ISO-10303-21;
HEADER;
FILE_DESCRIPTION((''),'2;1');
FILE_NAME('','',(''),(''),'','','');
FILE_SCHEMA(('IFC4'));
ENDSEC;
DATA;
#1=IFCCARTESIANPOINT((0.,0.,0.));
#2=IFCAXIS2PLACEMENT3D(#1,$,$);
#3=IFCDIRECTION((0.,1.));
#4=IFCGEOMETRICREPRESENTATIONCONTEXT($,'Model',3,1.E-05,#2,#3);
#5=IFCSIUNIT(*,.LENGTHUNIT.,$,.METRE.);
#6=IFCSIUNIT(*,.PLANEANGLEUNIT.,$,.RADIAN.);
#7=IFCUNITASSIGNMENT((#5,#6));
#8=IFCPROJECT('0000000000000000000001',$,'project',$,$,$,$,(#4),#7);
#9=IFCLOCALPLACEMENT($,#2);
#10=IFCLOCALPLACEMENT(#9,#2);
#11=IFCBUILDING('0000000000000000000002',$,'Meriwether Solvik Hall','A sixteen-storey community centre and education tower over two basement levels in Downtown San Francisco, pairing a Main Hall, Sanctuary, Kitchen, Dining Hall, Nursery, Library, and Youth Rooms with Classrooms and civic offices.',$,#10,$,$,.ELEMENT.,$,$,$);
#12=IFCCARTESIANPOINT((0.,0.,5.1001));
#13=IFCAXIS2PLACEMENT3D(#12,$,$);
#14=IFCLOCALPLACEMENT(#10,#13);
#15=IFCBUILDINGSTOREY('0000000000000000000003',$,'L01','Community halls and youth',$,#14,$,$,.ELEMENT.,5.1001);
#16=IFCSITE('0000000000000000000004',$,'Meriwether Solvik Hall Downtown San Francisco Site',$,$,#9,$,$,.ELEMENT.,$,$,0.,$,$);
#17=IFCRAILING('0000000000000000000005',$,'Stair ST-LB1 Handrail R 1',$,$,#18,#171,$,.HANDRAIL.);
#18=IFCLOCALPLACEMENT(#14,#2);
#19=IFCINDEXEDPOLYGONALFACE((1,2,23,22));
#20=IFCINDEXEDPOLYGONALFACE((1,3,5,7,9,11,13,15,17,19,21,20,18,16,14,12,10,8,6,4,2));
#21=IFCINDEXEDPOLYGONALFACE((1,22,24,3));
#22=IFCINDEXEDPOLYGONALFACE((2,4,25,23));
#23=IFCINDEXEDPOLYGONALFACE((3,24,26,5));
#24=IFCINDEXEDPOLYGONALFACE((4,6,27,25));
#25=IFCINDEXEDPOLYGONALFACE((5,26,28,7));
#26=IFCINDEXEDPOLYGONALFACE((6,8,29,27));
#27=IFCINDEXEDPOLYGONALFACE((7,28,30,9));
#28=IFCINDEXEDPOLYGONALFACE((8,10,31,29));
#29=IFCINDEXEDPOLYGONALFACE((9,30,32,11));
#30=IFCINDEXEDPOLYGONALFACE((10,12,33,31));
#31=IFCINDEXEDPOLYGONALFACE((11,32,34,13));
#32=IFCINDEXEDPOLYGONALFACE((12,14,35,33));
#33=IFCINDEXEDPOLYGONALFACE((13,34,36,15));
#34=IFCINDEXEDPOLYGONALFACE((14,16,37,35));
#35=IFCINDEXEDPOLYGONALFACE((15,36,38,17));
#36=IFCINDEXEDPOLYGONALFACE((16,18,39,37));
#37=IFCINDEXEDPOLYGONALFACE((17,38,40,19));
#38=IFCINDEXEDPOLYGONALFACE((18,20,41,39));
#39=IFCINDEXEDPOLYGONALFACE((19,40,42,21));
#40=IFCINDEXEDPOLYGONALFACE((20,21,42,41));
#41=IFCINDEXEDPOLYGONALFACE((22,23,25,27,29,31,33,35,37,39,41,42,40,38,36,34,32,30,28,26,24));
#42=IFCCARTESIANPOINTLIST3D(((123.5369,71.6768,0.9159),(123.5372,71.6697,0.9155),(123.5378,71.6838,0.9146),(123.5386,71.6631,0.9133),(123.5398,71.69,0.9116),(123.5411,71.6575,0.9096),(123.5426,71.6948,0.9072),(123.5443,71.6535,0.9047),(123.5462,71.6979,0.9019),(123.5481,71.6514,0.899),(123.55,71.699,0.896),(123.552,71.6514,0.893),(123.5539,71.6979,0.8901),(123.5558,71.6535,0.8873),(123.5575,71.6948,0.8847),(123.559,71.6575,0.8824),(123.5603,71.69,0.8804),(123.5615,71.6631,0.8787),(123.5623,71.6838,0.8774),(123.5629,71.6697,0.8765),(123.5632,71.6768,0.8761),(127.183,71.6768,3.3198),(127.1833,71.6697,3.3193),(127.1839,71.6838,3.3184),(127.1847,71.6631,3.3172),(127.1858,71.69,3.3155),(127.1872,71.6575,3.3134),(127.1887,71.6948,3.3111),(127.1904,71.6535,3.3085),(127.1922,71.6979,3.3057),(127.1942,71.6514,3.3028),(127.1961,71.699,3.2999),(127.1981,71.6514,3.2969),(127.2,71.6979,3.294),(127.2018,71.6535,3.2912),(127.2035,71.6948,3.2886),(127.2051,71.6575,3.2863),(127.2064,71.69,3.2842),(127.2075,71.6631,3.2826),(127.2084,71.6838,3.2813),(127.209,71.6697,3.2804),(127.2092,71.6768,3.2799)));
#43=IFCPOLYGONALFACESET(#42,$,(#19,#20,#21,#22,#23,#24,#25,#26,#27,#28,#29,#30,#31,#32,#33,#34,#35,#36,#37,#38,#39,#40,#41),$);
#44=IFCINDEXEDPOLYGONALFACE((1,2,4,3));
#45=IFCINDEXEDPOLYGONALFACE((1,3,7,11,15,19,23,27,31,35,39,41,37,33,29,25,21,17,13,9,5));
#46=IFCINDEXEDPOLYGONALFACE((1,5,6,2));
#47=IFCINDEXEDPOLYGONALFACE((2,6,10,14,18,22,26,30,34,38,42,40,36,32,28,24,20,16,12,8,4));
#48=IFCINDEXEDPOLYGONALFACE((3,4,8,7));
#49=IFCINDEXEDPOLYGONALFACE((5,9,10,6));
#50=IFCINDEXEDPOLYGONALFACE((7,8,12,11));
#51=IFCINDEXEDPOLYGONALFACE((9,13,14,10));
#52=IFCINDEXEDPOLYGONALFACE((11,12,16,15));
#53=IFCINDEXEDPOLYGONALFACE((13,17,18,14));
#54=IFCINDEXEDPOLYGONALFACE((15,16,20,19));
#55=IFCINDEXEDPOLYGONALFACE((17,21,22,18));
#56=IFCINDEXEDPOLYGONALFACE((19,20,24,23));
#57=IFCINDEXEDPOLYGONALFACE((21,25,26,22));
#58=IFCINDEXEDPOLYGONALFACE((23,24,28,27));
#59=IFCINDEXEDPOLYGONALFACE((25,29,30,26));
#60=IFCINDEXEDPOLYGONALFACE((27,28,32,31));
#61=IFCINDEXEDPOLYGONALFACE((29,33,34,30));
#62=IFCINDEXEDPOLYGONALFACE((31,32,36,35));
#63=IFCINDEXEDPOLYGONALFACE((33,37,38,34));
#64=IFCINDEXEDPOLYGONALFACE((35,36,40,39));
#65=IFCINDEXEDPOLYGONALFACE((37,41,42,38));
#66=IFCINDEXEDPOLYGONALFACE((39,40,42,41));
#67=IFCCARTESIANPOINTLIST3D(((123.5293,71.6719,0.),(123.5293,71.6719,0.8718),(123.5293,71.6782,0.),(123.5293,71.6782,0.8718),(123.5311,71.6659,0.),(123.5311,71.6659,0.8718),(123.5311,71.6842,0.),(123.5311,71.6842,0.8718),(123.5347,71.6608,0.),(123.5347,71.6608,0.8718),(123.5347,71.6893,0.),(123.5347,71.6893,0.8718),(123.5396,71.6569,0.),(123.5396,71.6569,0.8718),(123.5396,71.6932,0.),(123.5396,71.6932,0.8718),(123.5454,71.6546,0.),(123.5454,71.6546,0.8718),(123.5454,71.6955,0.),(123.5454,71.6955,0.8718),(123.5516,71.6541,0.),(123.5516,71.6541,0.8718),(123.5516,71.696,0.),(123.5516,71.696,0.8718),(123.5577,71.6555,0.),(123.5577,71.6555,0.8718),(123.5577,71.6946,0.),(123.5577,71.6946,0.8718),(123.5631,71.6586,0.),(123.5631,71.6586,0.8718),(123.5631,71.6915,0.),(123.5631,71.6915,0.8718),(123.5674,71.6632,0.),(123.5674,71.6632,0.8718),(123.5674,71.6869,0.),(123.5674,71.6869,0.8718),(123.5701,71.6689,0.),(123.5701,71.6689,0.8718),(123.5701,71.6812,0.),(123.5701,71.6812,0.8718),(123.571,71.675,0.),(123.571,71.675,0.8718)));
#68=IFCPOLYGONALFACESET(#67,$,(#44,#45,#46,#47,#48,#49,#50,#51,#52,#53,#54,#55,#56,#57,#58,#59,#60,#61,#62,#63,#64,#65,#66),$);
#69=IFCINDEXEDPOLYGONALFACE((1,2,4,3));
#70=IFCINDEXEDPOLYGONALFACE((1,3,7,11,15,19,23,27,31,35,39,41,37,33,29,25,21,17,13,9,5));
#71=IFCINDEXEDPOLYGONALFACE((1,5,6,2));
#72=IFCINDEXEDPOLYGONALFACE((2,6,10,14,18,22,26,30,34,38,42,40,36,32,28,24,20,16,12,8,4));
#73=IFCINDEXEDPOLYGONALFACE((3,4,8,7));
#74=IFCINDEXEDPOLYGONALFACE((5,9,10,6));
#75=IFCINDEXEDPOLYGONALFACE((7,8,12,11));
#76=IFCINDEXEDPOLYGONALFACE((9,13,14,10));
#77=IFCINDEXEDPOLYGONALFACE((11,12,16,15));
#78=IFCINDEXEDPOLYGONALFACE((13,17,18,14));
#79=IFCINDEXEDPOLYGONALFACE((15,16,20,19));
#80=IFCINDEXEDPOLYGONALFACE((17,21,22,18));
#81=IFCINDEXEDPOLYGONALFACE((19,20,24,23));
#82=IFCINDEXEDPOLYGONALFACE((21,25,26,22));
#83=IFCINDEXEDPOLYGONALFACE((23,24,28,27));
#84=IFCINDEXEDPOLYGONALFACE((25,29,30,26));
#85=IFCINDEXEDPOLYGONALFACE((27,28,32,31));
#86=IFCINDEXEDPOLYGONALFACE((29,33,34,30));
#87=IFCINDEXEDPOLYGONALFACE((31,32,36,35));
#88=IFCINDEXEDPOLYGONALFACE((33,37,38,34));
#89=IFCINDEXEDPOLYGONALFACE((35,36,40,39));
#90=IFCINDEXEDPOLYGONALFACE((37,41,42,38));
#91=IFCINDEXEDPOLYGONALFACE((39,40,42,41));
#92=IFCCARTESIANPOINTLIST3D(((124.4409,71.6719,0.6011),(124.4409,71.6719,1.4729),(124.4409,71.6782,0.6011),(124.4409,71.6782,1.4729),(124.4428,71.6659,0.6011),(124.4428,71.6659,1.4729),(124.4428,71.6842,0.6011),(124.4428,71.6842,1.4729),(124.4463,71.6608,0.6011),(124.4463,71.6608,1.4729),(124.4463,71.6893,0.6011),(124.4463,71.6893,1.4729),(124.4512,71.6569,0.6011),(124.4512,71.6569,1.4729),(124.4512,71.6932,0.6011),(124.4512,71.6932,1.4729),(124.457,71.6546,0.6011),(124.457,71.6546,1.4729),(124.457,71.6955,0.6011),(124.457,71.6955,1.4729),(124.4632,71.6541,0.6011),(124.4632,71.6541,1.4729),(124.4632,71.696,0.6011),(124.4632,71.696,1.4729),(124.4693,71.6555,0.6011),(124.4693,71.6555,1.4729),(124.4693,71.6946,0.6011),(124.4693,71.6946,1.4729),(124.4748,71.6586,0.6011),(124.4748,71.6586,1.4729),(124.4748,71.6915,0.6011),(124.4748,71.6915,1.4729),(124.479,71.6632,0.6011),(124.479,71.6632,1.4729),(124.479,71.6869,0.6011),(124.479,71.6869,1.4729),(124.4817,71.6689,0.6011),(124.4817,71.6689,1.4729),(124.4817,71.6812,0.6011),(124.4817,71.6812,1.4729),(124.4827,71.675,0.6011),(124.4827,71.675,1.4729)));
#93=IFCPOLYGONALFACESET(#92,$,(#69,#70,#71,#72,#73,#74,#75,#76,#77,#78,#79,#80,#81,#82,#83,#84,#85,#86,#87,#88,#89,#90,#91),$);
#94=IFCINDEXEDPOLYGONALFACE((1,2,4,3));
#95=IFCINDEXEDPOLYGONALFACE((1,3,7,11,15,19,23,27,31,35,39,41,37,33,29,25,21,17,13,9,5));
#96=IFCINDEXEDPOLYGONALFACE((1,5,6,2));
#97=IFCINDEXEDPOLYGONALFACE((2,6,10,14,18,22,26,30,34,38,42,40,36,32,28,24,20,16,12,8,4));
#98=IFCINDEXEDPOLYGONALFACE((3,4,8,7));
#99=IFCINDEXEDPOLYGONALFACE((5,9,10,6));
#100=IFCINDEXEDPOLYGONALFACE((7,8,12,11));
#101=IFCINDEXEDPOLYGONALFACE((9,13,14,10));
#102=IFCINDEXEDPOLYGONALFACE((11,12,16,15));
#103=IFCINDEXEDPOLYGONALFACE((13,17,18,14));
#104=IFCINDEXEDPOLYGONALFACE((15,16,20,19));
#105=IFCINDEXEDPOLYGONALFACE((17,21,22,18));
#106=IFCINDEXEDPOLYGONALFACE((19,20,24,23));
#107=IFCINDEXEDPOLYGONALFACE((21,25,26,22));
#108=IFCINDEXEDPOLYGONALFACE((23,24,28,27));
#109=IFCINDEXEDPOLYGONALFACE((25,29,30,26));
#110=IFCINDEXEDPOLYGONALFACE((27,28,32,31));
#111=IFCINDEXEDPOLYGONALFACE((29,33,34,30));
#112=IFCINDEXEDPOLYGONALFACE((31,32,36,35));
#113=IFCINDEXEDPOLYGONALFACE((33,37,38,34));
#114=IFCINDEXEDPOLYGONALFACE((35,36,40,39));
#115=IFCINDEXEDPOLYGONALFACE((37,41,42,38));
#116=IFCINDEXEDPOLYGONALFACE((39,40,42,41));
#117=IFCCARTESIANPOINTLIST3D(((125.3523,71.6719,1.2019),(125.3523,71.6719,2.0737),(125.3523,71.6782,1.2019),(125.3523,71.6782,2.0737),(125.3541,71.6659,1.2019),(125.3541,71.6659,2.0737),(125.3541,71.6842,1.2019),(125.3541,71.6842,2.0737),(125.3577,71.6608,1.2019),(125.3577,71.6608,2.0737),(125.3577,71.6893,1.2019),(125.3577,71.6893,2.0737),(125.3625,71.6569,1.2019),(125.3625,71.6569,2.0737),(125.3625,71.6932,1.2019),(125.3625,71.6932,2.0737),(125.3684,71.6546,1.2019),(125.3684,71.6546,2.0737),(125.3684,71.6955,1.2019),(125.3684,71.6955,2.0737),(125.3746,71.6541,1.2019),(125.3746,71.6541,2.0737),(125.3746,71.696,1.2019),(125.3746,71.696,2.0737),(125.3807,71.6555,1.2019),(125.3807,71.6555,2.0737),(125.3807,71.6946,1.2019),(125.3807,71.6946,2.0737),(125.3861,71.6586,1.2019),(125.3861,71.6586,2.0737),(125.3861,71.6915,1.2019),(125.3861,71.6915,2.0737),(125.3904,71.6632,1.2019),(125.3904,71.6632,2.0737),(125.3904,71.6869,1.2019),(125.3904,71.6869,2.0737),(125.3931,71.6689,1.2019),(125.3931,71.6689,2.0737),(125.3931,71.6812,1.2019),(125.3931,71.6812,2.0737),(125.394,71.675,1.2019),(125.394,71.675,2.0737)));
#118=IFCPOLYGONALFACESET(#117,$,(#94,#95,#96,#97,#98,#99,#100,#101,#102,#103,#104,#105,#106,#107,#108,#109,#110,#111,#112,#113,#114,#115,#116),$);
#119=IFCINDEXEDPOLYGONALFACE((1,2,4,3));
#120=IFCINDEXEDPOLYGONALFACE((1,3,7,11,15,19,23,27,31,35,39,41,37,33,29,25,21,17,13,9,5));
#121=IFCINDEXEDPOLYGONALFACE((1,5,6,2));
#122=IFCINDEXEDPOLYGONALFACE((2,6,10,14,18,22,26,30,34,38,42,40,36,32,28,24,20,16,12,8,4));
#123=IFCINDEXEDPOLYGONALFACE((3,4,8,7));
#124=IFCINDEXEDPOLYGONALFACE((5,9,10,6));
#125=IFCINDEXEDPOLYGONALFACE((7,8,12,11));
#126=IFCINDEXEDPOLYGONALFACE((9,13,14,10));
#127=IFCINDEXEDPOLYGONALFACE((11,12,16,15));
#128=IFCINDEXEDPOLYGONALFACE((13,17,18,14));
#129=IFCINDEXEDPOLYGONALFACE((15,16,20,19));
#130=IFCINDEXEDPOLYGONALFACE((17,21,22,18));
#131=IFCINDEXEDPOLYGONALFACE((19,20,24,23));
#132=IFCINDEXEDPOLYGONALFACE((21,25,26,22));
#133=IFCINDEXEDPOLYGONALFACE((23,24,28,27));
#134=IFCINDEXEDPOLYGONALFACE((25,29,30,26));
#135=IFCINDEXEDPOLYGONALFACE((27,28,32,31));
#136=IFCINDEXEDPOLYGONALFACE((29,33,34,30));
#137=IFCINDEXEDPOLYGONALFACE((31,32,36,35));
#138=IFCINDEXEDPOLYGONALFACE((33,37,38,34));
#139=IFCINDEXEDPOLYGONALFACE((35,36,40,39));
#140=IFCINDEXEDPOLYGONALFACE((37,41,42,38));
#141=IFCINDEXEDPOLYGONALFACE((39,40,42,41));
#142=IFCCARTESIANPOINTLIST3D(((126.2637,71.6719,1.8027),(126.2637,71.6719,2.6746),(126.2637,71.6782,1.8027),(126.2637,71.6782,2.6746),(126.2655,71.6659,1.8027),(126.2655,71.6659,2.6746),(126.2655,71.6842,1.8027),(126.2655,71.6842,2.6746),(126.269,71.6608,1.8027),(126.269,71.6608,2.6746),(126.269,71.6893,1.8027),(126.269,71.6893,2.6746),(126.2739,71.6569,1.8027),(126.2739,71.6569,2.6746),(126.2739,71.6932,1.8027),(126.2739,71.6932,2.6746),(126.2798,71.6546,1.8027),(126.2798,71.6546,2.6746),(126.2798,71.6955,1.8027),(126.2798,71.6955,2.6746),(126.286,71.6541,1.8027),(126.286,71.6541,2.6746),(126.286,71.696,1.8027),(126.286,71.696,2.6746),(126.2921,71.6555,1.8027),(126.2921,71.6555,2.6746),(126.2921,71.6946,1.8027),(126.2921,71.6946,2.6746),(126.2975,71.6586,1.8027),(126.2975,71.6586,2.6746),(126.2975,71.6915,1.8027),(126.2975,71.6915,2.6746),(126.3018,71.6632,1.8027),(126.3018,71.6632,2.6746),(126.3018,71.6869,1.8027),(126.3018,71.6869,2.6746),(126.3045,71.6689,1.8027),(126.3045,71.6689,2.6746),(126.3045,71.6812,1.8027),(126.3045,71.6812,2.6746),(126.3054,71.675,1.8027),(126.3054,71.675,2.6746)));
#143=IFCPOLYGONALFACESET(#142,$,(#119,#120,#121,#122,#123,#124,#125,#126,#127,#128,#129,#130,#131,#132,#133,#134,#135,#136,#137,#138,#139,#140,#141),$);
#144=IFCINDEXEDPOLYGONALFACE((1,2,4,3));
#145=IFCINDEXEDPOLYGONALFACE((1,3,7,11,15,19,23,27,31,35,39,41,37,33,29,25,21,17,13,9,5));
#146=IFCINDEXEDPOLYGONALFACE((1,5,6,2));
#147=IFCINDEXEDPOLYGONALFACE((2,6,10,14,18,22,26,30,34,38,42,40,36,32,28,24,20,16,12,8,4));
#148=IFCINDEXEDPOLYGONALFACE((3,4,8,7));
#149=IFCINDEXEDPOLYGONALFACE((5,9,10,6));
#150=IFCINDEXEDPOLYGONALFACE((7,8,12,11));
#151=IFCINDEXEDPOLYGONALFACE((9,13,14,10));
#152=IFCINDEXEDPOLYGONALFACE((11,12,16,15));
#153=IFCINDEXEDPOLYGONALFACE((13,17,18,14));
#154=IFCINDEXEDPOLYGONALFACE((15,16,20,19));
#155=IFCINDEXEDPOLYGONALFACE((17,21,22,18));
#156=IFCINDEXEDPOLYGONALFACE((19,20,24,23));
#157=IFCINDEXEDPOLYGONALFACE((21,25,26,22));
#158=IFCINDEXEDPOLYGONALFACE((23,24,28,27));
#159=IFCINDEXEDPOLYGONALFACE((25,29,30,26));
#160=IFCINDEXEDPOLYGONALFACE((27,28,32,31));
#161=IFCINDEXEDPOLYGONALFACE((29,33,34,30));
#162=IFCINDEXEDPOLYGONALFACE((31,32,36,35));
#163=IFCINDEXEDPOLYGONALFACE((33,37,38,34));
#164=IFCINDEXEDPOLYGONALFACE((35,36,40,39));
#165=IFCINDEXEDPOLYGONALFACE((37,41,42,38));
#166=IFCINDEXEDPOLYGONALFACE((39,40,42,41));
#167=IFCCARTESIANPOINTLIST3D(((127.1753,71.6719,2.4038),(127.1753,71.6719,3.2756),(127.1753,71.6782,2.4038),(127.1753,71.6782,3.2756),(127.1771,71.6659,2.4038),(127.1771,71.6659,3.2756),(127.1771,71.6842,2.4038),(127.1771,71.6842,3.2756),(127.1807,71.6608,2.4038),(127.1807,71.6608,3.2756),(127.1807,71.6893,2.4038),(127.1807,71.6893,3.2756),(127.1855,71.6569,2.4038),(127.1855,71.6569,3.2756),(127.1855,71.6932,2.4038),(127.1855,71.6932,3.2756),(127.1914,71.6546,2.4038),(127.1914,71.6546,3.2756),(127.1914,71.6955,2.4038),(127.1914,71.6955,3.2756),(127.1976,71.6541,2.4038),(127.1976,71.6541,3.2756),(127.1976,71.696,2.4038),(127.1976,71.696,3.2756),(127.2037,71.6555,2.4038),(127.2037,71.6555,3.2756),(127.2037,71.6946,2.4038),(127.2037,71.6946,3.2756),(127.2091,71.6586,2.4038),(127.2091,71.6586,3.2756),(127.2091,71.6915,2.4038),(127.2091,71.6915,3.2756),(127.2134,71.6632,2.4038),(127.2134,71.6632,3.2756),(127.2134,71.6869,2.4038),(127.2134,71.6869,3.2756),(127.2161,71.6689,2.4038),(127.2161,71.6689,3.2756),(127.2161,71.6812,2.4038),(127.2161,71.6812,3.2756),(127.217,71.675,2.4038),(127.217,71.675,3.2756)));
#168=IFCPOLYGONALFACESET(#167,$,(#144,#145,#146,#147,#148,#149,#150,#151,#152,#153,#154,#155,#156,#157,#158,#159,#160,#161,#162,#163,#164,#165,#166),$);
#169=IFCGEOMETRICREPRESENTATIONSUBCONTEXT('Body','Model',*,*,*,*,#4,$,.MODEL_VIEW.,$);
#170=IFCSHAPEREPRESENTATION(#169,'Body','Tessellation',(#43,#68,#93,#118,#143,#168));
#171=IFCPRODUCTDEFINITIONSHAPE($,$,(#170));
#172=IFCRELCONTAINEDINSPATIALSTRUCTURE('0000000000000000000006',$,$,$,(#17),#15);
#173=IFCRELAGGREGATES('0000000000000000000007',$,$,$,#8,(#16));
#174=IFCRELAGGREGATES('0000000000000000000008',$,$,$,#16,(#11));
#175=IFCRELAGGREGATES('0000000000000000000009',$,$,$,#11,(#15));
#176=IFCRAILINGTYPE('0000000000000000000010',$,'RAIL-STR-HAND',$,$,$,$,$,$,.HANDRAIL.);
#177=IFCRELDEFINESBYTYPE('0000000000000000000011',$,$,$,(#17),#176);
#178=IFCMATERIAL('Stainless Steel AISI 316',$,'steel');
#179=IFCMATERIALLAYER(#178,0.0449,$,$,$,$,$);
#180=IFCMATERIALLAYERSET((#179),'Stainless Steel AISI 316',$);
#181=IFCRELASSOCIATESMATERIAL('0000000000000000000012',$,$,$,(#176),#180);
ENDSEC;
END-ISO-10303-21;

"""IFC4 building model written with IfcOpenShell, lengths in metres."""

from ifc_helpers import new_model, si_unit, direction, frame, origin, origin_2d, place, context, subcontext, project, spatial, circle, extrude, material, layer, layer_set, type_object, element, save


model = new_model("IFC4")

# Units and contexts
model_context = context("Model", 3, precision=1e-05, world=origin(), true_north=direction((0.0, 1.0)))
body_context = subcontext(model_context, "Body", "Model", "MODEL_VIEW")
ifc_project = project(units=[si_unit("LENGTHUNIT", "METRE"), si_unit("PLANEANGLEUNIT", "RADIAN")], contexts=[model_context])

# Site, building, storey
site_placement = place(None, origin())
site = spatial("IfcSite", under=ifc_project, at=site_placement, Name="Meriwether Solvik Hall Downtown San Francisco Site", CompositionType="ELEMENT", RefElevation=0.0)
building_placement = place(site_placement, origin())
building = spatial("IfcBuilding", under=site, at=building_placement, Name="Meriwether Solvik Hall", Description="A sixteen-storey community centre and education tower over two basement levels in Downtown San Francisco, pairing a Main Hall, Sanctuary, Kitchen, Dining Hall, Nursery, Library, and Youth Rooms with Classrooms and civic offices.", CompositionType="ELEMENT")
storey_placement = place(building_placement, frame((0.0, 0.0, 5.1001)))
storey = spatial("IfcBuildingStorey", under=building, at=storey_placement, Name="L01", Description="Community halls and youth", CompositionType="ELEMENT", Elevation=5.1001)

# Railing
ifc_material_1 = material(Name="Stainless Steel AISI 316", Category="steel")
ifc_layer_1 = layer(ifc_material_1, 0.0449)
ifc_layer_set_1 = layer_set([ifc_layer_1], Name="Stainless Steel AISI 316")
railing_type_1 = type_object("IfcRailingType", Name="RAIL-STR-HAND", PredefinedType="HANDRAIL", material=ifc_layer_set_1)
railing_1_placement = place(storey_placement, frame((123.55, 71.675, 0.0)))
element("IfcRailing", 1, at=railing_1_placement, inside=storey, type_object=railing_type_1, Name="Stair ST-LB1 Handrail R 1", PredefinedType="HANDRAIL", context=body_context, shape_type="SweptSolid", body=[
    extrude(circle(Radius=0.0239, at=origin_2d()), frame((0.0, 0.0, 0.896), z_axis=(0.834878, 0.0, 0.550436), x_axis=(0.0, 1.0, 0.0)), (0.0, 0.0, 1.0), 4.3672),
    extrude(circle(Radius=0.021, at=origin_2d()), origin(), (0.0, 0.0, 1.0), 0.8718),
    extrude(circle(Radius=0.021, at=origin_2d()), frame((0.9116, 0.0, 0.6011)), (0.0, 0.0, 1.0), 0.8718),
    extrude(circle(Radius=0.021, at=origin_2d()), frame((1.823, 0.0, 1.2019)), (0.0, 0.0, 1.0), 0.8718),
    extrude(circle(Radius=0.021, at=origin_2d()), frame((2.7344, 0.0, 1.8027)), (0.0, 0.0, 1.0), 0.8718),
    extrude(circle(Radius=0.021, at=origin_2d()), frame((3.646, 0.0, 2.4038)), (0.0, 0.0, 1.0), 0.8718),
])

save(model, "model.ifc")
